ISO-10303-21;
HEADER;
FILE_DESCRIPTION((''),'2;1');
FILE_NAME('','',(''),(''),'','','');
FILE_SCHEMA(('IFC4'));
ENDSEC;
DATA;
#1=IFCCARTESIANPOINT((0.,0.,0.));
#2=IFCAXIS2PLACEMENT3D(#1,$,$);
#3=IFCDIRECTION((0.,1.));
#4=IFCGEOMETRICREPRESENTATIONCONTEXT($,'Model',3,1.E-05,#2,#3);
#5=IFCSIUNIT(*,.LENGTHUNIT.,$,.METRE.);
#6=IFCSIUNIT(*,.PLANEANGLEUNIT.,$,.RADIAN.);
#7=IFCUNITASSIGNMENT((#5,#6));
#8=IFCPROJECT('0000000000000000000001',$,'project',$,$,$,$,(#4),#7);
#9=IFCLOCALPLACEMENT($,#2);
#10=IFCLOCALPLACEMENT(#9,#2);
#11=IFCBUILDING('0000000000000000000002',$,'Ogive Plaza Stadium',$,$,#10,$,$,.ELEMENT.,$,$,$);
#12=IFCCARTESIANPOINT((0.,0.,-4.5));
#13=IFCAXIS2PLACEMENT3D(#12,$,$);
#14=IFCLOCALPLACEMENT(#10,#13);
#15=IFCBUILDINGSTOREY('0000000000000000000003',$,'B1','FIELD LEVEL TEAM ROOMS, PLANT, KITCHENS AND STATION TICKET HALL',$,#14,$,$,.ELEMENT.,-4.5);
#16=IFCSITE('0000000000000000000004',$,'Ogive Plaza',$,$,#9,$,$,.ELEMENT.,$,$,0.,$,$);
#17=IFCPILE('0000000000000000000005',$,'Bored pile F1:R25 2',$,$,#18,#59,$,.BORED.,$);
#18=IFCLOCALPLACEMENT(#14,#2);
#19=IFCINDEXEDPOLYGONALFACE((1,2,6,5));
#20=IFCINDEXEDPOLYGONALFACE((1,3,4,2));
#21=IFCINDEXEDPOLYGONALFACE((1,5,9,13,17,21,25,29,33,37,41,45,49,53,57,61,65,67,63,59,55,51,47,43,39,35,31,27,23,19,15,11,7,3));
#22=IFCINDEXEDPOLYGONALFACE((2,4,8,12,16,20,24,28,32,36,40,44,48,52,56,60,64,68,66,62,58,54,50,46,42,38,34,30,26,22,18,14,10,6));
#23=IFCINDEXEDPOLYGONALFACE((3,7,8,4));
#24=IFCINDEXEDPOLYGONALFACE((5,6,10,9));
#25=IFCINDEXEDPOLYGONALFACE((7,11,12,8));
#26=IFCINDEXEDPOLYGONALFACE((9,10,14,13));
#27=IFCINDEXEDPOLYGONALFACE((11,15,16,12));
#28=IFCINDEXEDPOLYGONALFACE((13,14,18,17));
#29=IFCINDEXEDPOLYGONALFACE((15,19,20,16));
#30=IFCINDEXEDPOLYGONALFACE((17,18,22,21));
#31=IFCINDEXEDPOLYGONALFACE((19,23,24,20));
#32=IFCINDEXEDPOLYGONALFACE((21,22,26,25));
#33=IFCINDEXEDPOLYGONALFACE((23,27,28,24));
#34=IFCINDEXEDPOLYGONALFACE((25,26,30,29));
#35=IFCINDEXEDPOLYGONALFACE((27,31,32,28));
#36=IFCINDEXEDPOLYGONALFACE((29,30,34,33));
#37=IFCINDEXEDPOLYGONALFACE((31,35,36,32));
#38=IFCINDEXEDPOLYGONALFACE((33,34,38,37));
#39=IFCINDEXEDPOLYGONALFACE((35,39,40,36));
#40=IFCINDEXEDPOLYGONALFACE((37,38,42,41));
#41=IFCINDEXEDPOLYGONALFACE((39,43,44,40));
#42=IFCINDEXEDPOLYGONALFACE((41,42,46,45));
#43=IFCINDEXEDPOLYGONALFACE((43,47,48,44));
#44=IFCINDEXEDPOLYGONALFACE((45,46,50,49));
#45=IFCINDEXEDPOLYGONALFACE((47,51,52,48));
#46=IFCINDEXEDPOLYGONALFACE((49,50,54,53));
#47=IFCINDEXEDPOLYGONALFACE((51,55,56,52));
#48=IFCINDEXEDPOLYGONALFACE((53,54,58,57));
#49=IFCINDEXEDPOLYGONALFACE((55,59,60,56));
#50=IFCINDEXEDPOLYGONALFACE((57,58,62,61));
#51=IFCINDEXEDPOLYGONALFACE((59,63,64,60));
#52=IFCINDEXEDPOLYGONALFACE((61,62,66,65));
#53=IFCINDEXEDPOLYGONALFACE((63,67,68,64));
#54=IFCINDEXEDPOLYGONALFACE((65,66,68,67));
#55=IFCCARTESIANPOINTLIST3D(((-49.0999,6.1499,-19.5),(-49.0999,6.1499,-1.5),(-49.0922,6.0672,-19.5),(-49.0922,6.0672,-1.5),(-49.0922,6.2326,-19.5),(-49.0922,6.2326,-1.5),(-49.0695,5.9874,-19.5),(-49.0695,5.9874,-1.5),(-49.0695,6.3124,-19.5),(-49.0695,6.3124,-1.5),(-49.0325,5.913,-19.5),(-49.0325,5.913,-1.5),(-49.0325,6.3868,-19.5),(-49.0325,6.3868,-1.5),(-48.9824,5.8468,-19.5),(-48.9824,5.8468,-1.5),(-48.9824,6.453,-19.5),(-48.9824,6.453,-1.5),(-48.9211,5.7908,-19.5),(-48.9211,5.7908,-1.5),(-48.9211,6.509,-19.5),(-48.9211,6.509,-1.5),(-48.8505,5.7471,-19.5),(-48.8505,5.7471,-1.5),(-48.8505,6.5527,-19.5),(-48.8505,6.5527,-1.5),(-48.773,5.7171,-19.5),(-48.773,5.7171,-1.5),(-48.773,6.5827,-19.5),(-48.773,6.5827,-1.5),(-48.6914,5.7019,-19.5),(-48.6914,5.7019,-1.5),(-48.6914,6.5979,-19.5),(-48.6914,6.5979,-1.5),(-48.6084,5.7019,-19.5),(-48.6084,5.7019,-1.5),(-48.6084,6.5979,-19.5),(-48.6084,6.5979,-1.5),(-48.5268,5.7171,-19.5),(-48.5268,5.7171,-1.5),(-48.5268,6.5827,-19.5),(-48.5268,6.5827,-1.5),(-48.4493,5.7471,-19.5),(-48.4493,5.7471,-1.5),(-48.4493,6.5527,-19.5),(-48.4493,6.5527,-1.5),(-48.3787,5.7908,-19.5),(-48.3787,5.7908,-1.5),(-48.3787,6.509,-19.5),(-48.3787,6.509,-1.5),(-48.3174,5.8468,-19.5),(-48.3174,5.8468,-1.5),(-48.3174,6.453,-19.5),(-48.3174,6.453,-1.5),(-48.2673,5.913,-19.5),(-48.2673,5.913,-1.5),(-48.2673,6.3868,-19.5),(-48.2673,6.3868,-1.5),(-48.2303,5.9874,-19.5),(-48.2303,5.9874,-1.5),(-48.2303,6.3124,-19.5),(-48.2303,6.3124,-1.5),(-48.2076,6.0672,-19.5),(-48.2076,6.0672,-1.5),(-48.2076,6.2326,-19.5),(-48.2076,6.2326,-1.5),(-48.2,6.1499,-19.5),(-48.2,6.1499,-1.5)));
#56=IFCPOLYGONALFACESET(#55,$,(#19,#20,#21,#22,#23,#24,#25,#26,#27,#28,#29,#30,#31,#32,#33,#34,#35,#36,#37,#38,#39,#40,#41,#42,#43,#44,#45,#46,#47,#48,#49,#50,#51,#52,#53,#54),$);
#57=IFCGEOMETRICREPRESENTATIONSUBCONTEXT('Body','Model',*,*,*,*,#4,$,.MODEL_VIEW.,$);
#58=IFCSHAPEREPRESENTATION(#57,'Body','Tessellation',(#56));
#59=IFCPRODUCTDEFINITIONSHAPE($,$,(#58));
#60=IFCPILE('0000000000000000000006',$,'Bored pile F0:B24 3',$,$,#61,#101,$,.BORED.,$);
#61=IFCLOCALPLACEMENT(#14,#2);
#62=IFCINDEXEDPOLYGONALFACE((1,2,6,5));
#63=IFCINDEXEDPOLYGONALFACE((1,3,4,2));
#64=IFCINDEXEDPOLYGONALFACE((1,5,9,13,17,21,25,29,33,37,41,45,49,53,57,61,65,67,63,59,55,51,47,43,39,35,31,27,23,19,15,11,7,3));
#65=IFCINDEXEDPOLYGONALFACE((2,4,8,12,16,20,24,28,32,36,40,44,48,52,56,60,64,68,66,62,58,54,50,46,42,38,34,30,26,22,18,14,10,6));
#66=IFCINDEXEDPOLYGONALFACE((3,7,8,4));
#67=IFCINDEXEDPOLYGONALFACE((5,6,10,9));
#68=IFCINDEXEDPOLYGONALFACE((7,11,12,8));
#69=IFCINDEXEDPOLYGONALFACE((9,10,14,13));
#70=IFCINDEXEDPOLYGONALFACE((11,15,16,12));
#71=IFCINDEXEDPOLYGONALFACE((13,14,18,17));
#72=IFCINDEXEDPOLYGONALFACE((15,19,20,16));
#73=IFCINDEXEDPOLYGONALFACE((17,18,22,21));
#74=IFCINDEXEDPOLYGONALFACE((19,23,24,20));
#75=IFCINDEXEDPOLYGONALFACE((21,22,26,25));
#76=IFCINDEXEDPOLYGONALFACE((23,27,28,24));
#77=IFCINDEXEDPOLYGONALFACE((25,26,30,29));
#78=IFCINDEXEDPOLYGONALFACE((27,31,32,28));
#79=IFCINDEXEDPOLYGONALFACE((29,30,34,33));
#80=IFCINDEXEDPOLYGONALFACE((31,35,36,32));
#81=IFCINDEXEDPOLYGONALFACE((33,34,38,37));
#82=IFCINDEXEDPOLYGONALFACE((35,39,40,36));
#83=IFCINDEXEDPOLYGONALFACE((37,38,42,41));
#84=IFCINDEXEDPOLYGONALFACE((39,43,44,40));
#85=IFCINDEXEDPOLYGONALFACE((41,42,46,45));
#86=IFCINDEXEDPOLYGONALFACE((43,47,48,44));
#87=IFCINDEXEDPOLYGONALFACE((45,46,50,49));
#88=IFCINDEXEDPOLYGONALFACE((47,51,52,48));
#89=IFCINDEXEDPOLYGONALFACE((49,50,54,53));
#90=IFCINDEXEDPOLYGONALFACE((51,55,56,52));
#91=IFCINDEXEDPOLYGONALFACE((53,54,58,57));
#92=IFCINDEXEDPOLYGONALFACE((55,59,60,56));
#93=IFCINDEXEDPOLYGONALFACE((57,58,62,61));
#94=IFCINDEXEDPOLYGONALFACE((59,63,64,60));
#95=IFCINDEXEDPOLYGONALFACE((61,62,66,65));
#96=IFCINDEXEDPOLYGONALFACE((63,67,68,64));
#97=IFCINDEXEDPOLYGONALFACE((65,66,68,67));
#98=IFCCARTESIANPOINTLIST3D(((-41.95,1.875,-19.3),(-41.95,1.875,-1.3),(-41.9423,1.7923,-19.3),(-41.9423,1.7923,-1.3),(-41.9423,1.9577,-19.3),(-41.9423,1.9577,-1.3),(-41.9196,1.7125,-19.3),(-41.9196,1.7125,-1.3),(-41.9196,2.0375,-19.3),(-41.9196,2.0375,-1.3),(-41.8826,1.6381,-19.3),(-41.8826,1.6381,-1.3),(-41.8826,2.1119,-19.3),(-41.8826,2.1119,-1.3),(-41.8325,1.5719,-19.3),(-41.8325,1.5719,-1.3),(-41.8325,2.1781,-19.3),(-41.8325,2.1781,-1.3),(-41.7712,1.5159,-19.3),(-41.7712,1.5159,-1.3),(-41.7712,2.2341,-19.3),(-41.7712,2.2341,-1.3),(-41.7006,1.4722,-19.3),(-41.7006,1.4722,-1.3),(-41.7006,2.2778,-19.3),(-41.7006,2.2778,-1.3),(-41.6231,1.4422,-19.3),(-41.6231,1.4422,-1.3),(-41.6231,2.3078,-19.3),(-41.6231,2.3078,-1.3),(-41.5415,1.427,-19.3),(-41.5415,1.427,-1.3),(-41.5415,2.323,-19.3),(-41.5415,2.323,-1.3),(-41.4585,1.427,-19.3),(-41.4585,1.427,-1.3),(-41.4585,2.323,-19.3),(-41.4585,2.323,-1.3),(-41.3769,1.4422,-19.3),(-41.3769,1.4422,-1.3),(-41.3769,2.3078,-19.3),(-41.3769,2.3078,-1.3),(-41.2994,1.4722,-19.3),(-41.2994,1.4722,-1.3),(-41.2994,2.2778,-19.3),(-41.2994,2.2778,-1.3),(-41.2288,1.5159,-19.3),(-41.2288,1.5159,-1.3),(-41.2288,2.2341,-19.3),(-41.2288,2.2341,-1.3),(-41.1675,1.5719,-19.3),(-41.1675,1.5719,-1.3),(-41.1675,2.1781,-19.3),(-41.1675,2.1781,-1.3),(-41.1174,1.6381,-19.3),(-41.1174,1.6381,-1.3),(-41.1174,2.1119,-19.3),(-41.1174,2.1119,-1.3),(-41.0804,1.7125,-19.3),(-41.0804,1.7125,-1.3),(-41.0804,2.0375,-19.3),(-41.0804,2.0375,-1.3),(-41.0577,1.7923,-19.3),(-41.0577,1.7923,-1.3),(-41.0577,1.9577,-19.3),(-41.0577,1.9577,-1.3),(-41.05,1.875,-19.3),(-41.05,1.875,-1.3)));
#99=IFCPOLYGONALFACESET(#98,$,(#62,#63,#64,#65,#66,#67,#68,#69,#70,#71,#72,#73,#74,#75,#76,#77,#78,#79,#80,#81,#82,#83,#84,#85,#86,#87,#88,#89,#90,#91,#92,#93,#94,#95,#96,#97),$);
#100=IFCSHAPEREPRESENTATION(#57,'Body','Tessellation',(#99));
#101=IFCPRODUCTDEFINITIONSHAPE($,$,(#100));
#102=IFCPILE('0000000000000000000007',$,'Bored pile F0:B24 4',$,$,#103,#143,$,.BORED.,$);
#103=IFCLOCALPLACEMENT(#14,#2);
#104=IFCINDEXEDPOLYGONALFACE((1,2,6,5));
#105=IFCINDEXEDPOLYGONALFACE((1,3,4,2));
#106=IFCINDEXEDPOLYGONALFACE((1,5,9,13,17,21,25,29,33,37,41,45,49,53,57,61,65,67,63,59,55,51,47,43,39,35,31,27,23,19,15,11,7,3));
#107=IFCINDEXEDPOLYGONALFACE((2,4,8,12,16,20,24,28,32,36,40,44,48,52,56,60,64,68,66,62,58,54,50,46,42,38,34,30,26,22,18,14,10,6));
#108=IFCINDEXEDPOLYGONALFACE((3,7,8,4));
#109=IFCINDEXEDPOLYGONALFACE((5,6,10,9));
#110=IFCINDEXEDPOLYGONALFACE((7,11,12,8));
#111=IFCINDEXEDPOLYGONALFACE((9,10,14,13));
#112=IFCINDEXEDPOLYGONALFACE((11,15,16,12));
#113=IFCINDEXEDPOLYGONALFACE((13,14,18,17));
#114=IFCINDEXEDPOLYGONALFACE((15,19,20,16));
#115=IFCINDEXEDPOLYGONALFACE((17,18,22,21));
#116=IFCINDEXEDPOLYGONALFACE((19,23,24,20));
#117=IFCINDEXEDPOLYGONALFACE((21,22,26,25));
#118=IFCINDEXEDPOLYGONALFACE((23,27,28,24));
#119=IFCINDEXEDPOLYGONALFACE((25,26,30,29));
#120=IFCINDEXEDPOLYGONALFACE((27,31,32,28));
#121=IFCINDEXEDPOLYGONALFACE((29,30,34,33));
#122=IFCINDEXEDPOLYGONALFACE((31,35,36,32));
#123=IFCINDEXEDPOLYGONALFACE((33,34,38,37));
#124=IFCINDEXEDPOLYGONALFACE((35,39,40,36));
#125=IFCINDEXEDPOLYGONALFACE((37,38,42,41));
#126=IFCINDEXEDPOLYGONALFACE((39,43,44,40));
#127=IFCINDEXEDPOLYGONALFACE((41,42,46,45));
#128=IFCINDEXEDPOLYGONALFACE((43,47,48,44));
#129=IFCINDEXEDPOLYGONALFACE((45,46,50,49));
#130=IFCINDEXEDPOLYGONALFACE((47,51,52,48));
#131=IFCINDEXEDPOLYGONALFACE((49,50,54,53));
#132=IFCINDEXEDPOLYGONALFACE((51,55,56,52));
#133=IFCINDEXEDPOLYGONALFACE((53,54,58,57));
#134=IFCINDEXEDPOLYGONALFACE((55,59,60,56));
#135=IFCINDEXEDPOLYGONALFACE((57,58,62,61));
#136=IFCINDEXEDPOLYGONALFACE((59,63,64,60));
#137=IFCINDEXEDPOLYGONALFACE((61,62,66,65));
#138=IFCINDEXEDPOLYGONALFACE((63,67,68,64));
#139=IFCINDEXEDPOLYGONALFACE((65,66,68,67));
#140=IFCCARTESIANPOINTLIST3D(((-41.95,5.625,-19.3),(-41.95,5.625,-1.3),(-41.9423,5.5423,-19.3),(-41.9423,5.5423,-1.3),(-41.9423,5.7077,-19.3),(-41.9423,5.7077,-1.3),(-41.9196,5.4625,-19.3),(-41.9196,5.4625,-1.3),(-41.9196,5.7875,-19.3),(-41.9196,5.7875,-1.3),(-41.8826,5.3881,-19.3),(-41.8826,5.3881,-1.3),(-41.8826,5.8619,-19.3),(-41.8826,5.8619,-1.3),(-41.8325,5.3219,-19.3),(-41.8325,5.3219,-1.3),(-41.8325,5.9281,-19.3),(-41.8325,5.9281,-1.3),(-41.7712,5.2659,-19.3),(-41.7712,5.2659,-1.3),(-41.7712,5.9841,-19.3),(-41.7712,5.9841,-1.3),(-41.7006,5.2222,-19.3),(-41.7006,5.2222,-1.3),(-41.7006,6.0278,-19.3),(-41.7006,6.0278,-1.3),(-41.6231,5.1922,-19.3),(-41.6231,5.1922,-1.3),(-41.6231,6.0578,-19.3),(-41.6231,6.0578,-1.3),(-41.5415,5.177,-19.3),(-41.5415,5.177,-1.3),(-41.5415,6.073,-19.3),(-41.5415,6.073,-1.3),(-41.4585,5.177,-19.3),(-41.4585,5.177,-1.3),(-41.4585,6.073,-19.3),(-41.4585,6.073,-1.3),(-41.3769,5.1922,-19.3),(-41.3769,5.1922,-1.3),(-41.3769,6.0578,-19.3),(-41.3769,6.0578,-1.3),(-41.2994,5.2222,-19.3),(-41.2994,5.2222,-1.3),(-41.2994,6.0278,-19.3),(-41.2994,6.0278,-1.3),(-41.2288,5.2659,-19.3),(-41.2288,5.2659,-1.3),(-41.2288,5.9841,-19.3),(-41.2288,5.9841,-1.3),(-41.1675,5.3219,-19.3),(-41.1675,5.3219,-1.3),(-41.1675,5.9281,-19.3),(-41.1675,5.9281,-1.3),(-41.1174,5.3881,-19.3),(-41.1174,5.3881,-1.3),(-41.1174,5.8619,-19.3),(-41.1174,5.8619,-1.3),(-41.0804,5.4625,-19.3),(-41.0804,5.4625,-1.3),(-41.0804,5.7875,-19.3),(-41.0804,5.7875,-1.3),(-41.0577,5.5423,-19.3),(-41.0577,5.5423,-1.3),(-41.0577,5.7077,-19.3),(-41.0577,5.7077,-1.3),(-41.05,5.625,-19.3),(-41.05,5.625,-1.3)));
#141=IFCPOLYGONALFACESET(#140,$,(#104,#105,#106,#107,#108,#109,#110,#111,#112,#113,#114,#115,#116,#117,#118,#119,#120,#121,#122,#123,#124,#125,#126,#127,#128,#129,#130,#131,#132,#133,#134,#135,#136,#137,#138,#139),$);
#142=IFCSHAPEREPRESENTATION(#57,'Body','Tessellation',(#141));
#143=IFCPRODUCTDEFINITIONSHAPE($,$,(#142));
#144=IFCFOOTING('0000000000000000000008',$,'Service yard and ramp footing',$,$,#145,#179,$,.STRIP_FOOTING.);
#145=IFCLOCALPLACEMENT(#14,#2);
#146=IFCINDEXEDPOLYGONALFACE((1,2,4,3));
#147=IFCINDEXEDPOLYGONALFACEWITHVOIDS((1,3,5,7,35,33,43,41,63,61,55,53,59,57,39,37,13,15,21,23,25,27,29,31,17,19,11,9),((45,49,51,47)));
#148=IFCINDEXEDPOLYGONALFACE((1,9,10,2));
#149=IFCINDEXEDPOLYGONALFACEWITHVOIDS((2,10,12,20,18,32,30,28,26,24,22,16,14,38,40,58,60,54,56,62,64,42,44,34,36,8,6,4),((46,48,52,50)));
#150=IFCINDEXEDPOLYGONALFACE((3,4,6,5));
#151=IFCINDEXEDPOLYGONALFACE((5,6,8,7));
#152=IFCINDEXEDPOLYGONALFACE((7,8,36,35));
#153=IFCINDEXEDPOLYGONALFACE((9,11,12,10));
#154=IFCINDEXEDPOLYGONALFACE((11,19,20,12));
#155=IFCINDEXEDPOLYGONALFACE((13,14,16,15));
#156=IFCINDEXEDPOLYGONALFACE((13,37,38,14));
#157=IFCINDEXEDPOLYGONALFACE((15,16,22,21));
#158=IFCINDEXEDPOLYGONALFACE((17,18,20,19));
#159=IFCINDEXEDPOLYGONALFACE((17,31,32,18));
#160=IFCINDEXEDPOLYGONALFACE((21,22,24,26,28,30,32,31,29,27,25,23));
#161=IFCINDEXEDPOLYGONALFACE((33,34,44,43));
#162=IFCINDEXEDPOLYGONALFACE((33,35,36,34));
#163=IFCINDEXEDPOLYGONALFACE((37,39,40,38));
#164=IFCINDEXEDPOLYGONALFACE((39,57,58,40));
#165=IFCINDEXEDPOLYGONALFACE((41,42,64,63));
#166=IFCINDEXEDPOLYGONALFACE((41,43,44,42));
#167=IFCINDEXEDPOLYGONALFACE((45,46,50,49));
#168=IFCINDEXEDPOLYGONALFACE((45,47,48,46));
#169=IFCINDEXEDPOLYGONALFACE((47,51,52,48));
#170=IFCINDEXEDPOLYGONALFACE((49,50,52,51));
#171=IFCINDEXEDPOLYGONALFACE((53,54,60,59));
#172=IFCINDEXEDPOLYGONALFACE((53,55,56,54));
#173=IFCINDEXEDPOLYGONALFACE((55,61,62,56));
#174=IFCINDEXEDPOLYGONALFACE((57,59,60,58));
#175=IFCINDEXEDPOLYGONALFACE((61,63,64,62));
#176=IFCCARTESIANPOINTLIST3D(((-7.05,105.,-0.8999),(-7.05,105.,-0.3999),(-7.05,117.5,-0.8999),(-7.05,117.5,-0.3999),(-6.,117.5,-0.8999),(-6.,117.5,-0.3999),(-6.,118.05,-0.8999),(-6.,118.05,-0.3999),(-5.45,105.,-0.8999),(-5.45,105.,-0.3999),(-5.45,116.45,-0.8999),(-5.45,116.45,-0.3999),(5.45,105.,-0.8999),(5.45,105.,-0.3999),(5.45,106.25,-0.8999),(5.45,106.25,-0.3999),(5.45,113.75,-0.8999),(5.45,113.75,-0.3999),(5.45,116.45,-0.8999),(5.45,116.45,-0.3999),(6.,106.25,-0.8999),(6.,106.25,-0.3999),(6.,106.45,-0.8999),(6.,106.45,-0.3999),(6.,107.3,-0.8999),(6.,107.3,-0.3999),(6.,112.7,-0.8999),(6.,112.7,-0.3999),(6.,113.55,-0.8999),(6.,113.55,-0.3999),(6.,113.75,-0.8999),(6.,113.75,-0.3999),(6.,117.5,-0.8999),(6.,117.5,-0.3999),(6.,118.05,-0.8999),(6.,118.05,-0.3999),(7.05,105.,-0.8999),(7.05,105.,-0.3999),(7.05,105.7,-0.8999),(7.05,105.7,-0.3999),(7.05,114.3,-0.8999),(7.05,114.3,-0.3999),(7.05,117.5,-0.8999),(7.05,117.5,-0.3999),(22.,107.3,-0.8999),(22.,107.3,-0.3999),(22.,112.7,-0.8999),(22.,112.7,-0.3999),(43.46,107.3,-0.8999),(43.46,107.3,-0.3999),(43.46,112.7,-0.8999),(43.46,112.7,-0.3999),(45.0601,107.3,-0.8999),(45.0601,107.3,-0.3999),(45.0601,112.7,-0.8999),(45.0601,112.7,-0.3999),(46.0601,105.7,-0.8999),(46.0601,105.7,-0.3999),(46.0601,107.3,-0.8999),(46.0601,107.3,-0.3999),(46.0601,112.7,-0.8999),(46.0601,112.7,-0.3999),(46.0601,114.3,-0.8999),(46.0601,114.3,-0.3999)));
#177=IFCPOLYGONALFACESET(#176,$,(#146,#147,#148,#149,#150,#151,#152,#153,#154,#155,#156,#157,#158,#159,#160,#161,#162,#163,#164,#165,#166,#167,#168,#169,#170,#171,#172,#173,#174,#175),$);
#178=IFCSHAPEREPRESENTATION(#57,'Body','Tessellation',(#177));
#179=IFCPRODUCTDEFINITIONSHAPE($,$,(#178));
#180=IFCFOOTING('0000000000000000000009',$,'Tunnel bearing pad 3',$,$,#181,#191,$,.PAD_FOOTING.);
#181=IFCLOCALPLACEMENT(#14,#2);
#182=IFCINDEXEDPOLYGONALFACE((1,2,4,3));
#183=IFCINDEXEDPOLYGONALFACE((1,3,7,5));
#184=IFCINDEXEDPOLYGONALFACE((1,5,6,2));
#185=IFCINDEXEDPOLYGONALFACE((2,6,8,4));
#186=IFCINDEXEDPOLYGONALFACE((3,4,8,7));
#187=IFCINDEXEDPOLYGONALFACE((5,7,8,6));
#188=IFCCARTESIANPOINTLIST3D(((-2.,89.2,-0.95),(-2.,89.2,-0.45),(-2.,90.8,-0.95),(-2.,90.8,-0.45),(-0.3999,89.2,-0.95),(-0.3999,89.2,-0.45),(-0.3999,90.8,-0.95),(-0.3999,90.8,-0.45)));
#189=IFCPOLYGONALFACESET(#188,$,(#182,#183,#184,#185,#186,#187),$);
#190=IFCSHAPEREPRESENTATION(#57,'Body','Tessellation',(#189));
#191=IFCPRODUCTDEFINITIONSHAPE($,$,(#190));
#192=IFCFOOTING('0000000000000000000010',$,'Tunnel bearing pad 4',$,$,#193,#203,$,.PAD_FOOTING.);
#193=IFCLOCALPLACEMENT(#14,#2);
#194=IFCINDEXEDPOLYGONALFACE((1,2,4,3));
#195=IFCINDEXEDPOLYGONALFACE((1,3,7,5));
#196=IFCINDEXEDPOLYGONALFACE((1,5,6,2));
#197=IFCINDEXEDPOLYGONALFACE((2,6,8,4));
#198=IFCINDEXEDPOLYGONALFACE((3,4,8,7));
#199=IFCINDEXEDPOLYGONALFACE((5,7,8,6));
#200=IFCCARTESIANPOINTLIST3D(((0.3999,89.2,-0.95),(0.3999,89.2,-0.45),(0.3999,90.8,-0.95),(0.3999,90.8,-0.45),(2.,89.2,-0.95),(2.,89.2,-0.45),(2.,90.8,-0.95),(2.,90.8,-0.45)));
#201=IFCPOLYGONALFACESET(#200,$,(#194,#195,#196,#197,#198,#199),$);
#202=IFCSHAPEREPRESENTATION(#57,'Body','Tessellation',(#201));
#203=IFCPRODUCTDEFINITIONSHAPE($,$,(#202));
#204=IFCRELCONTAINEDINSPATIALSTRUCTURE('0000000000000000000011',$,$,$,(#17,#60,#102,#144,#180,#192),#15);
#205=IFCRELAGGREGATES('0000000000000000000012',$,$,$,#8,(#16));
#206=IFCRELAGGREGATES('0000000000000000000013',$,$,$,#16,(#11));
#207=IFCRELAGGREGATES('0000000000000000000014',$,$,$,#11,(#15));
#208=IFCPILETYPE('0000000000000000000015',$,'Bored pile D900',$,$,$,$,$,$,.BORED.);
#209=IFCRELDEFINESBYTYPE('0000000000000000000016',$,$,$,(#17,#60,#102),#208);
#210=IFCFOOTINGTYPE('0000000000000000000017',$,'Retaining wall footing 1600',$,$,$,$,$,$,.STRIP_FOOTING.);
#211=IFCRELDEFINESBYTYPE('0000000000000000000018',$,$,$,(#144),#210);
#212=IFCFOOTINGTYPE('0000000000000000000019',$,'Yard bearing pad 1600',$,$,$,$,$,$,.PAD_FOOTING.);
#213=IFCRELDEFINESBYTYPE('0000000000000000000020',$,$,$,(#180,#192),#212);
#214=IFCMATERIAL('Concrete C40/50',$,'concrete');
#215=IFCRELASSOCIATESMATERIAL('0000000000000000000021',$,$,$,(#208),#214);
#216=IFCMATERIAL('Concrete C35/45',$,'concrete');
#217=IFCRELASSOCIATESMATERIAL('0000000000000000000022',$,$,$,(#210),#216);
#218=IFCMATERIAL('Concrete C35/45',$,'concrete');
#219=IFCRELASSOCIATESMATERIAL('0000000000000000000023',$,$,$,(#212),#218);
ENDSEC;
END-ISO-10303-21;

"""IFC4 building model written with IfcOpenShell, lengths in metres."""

from ifc_helpers import new_model, si_unit, direction, frame, origin, origin_2d, place, context, subcontext, project, spatial, polyline, circle, outline, extrude, material, material_profile, profile_set, type_object, element, save


model = new_model("IFC4")

# Units and contexts
model_context = context("Model", 3, precision=1e-05, world=origin(), true_north=direction((0.0, 1.0)))
body_context = subcontext(model_context, "Body", "Model", "MODEL_VIEW")
ifc_project = project(units=[si_unit("LENGTHUNIT", "METRE"), si_unit("PLANEANGLEUNIT", "RADIAN")], contexts=[model_context])

# Site, building, storey
site_placement = place(None, origin())
site = spatial("IfcSite", under=ifc_project, at=site_placement, Name="Ogive Plaza", CompositionType="ELEMENT", RefElevation=0.0)
building_placement = place(site_placement, origin())
building = spatial("IfcBuilding", under=site, at=building_placement, Name="Ogive Plaza Stadium", CompositionType="ELEMENT")
storey_placement = place(building_placement, frame((0.0, 0.0, -4.5)))
storey = spatial("IfcBuildingStorey", under=building, at=storey_placement, Name="B1", Description="FIELD LEVEL TEAM ROOMS, PLANT, KITCHENS AND STATION TICKET HALL", CompositionType="ELEMENT", Elevation=-4.5)

# Piles
ifc_material_1 = material(Name="Concrete C40/50", Category="concrete")
ifc_material_profile_1 = material_profile(ifc_material_1, circle(Radius=0.45, at=origin_2d()), Name="RC D900")
ifc_profile_set_1 = profile_set([ifc_material_profile_1], Name="Concrete C40/50")
pile_type = type_object("IfcPileType", Name="Bored pile D900", PredefinedType="BORED", material=ifc_profile_set_1)
for number, where, z_axis, x_axis, name in (
    (1, (-48.6499, 6.1499, -1.5), (0.0, 0.0, -1.0), (1.0, 0.0, 0.0), "Bored pile F1:R25 2"),
    (2, (-41.5, 1.875, -1.3), (0.0, 0.0, -1.0), (1.0, 0.0, 0.0), "Bored pile F0:B24 3"),
    (3, (-41.5, 5.625, -1.3), (0.0, 0.0, -1.0), (1.0, 0.0, 0.0), "Bored pile F0:B24 4"),
):
    element("IfcPile", number, at=place(storey_placement, frame(where, z_axis=z_axis, x_axis=x_axis)), inside=storey, type_object=pile_type, Name=name, PredefinedType="BORED", context=body_context, shape_type="SweptSolid", body=[
        extrude(circle(Radius=0.45, at=origin_2d()), origin(), (0.0, 0.0, 1.0), 18.0),
    ])

# Footings
ifc_material_2 = material(Name="Concrete C35/45", Category="concrete")
footing_type_1 = type_object("IfcFootingType", Name="Retaining wall footing 1600", PredefinedType="STRIP_FOOTING", material=ifc_material_2)
footing_1_placement = place(storey_placement, frame((0.0, 0.0, -0.8999)))
element("IfcFooting", 4, at=footing_1_placement, inside=storey, type_object=footing_type_1, Name="Service yard and ramp footing", PredefinedType="STRIP_FOOTING", context=body_context, shape_type="SweptSolid", body=[
    extrude(outline(polyline([(6.0, 106.45), (6.0, 107.3), (6.0, 112.7), (6.0, 113.55), (6.0, 113.75), (5.45, 113.75), (5.45, 116.45), (-5.45, 116.45), (-5.45, 105.0), (-7.05, 105.0), (-7.05, 117.5), (-6.0, 117.5), (-6.0, 118.05), (6.0, 118.05), (6.0, 117.5), (7.05, 117.5), (7.05, 114.3), (46.0601, 114.3), (46.0601, 112.7), (45.0601, 112.7), (45.0601, 107.3), (46.0601, 107.3), (46.0601, 105.7), (7.05, 105.7), (7.05, 105.0), (5.45, 105.0), (5.45, 106.25), (6.0, 106.25), (6.0, 106.45)]), holes=[polyline([(22.0, 107.3), (43.46, 107.3), (43.46, 112.7), (22.0, 112.7), (22.0, 107.3)])]), origin(), (0.0, 0.0, 1.0), 0.5),
])
ifc_material_3 = material(Name="Concrete C35/45", Category="concrete")
footing_type_2 = type_object("IfcFootingType", Name="Yard bearing pad 1600", PredefinedType="PAD_FOOTING", material=ifc_material_3)
footing_2_placement = place(storey_placement, frame((0.0, 0.0, -0.95)))
element("IfcFooting", 5, at=footing_2_placement, inside=storey, type_object=footing_type_2, Name="Tunnel bearing pad 3", PredefinedType="PAD_FOOTING", context=body_context, shape_type="SweptSolid", body=[
    extrude(outline(polyline([(-2.0, 89.2), (-0.3999, 89.2), (-0.3999, 90.8), (-2.0, 90.8), (-2.0, 89.2)])), origin(), (0.0, 0.0, 1.0), 0.5),
])
footing_3_placement = place(storey_placement, frame((0.0, 0.0, -0.95)))
element("IfcFooting", 6, at=footing_3_placement, inside=storey, type_object=footing_type_2, Name="Tunnel bearing pad 4", PredefinedType="PAD_FOOTING", context=body_context, shape_type="SweptSolid", body=[
    extrude(outline(polyline([(0.3999, 89.2), (2.0, 89.2), (2.0, 90.8), (0.3999, 90.8), (0.3999, 89.2)])), origin(), (0.0, 0.0, 1.0), 0.5),
])

save(model, "model.ifc")
